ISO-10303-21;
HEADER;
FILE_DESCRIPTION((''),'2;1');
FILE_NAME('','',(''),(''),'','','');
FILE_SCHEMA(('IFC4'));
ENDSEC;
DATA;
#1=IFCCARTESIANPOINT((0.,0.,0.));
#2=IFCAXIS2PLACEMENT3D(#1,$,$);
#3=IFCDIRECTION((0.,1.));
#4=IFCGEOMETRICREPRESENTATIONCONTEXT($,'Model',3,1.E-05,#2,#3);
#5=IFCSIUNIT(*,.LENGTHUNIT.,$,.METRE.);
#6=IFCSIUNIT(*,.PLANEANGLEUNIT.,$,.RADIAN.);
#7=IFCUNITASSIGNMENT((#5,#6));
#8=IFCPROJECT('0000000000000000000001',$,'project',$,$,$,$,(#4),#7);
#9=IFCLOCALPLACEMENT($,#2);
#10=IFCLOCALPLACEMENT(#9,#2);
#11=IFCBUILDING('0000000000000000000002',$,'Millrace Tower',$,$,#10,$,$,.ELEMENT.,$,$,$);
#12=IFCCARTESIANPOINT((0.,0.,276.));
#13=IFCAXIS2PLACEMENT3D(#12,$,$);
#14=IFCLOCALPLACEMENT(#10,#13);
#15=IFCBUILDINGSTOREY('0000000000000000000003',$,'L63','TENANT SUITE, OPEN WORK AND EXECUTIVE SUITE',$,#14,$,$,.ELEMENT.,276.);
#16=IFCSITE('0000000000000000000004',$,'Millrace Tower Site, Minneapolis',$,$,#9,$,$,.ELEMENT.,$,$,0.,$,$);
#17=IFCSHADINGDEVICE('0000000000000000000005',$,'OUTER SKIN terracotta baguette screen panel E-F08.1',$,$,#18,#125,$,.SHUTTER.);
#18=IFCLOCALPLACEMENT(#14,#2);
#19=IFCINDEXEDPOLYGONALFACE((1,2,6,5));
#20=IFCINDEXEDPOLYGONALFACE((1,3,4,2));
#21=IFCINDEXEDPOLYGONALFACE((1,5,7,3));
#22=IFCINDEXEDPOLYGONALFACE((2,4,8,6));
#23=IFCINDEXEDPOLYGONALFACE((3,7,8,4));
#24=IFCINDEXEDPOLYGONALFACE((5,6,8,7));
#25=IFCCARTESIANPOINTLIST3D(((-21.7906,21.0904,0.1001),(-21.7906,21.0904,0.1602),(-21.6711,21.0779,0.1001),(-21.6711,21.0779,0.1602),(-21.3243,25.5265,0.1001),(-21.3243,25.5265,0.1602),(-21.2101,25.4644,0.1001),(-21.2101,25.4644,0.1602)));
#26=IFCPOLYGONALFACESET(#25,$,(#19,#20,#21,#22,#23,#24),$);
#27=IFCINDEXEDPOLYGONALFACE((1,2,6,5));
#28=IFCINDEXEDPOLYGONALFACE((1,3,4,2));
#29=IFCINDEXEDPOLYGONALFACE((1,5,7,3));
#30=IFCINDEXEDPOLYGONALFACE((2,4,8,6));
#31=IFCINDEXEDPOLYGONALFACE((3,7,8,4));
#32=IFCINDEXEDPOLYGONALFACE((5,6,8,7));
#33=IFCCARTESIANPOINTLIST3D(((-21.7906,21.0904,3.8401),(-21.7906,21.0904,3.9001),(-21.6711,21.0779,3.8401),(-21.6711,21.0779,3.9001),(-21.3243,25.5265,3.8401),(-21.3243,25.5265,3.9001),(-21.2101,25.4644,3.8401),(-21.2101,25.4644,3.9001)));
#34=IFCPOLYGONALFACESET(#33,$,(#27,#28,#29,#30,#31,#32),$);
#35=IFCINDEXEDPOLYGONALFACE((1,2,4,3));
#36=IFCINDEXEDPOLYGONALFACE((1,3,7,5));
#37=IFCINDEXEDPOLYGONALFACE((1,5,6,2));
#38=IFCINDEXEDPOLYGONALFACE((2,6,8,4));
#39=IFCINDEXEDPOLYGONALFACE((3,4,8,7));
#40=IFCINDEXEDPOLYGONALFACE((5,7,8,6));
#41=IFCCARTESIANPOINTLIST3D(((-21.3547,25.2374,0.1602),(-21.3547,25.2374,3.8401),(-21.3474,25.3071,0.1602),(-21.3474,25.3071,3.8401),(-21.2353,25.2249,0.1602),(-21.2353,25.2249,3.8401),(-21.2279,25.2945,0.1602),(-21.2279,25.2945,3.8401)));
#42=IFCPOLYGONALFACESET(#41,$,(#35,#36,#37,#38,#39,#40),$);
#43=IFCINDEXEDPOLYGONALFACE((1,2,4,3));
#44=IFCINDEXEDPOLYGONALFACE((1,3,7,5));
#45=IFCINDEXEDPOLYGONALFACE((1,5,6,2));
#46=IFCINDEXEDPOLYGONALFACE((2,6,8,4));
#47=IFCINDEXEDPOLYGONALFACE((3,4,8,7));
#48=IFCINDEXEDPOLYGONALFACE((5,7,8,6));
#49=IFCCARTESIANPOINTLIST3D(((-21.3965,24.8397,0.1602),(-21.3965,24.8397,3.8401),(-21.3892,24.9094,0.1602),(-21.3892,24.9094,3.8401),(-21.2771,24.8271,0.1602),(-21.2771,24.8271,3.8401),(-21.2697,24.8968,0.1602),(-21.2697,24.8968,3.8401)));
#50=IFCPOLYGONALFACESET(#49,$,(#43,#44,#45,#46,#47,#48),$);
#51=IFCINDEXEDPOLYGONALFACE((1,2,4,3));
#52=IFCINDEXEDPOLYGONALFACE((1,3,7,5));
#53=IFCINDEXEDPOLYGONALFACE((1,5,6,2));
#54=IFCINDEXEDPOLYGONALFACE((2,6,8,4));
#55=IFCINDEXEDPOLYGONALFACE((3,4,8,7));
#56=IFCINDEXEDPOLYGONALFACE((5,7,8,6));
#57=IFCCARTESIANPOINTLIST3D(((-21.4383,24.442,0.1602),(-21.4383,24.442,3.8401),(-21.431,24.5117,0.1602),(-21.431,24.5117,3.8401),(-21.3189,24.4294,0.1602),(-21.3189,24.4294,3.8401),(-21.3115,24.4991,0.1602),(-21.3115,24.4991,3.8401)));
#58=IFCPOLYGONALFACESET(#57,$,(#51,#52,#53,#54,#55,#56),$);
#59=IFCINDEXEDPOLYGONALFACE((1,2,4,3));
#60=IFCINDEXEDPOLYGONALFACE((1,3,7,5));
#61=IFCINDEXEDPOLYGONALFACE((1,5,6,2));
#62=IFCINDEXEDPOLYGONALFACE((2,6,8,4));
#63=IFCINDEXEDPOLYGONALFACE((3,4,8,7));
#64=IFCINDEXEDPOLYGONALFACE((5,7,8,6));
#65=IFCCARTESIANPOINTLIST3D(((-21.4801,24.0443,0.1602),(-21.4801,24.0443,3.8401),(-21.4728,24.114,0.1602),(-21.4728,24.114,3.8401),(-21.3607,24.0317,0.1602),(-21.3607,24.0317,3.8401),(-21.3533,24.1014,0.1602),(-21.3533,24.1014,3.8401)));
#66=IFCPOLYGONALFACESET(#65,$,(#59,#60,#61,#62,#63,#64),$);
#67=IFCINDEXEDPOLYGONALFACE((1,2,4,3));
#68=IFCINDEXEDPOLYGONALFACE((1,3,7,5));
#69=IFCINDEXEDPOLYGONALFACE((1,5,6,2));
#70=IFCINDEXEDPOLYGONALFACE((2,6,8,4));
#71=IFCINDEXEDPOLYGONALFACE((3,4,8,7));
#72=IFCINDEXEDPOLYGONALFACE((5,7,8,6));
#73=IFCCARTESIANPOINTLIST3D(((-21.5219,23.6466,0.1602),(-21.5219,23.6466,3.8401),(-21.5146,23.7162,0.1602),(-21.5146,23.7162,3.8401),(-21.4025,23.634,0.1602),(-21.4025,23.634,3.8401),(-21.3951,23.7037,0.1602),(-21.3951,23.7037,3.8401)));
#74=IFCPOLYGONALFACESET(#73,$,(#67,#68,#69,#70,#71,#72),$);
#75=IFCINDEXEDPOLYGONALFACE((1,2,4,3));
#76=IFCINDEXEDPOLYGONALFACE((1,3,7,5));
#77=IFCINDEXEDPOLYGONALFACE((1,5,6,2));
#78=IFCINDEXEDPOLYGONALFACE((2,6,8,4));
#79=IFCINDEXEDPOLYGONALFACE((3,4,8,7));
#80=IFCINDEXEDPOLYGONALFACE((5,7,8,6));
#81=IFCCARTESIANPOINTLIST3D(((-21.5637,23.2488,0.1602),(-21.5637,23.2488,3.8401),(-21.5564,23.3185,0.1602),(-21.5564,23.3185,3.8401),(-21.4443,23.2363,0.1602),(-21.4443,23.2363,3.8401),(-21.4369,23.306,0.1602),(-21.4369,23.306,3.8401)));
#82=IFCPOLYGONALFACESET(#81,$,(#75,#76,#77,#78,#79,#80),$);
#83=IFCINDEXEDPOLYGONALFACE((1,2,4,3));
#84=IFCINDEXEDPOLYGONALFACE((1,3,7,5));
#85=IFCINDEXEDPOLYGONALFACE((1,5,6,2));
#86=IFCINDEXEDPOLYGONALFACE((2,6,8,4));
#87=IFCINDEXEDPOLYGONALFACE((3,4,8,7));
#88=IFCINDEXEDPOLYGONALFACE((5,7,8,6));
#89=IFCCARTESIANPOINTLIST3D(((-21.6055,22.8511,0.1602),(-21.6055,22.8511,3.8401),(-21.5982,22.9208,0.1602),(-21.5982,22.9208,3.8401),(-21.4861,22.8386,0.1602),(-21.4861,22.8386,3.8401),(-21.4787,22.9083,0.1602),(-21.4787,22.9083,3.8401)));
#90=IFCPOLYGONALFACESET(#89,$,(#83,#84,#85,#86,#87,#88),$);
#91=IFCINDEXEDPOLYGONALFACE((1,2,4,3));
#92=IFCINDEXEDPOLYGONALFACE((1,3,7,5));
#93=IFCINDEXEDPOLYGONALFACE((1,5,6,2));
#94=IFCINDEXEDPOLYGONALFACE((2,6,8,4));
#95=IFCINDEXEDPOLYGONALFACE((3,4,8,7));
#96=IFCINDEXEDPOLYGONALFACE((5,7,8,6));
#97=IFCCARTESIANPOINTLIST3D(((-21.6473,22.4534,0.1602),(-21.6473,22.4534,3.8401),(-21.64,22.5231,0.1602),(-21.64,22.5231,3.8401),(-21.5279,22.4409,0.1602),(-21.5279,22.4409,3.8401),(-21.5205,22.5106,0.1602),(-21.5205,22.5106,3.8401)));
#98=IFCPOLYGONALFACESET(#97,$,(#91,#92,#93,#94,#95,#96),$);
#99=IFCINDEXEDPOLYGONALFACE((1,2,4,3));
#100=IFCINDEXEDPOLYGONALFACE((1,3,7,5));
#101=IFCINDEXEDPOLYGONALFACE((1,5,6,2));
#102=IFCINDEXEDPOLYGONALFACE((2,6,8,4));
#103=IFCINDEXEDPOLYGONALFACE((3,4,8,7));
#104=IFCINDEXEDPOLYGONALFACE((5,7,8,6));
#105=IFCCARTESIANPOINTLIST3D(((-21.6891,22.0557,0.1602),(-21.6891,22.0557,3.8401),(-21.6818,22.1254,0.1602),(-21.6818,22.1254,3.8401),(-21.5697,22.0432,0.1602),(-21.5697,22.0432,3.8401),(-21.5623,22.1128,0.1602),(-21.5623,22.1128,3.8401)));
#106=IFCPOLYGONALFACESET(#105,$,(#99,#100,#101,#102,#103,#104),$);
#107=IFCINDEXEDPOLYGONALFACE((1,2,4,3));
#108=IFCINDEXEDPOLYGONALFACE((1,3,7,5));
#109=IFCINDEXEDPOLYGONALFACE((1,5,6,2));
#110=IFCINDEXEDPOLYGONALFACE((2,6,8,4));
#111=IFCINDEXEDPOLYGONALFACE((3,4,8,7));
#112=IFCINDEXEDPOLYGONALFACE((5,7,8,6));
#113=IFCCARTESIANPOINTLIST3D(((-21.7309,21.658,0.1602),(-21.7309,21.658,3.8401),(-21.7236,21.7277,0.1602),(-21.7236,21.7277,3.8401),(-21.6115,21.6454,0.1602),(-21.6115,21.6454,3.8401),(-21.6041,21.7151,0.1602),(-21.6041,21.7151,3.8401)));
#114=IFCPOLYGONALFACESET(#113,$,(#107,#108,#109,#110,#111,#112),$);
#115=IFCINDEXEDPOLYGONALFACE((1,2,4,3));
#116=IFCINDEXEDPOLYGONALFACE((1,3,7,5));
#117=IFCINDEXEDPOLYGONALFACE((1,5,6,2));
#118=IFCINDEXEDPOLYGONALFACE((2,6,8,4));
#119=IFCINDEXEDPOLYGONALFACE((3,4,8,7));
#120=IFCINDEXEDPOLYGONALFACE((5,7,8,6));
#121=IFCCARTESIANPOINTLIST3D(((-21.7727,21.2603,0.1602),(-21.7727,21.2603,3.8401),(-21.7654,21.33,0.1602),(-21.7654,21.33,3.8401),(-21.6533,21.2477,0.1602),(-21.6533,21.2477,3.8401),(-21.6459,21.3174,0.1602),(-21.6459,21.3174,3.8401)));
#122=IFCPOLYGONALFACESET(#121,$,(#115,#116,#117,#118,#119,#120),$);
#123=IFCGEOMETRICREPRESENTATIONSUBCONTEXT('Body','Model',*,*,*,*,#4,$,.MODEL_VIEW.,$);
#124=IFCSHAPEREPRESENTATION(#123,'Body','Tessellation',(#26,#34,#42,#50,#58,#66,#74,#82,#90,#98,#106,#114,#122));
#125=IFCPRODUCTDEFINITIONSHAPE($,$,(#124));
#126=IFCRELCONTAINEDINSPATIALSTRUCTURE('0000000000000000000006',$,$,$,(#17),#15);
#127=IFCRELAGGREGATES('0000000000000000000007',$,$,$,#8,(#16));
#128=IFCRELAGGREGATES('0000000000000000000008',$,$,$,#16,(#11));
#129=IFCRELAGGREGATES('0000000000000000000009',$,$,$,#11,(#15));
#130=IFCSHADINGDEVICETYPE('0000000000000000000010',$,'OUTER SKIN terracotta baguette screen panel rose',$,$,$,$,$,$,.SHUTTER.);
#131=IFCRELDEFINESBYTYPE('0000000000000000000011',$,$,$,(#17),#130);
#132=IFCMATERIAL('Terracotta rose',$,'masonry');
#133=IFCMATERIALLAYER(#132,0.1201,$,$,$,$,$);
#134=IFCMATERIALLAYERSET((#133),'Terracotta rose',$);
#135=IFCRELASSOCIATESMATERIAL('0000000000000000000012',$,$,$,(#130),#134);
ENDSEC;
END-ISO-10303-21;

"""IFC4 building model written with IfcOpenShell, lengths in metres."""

from ifc_helpers import new_model, entity, si_unit, direction, frame, frame_2d, origin, place, context, subcontext, project, spatial, rectangle, extrude, source, transform, mapped, material, layer, layer_set, type_object, element, save


model = new_model("IFC4")

# Units and contexts
model_context = context("Model", 3, precision=1e-05, world=origin(), true_north=direction((0.0, 1.0)))
body_context = subcontext(model_context, "Body", "Model", "MODEL_VIEW")
ifc_project = project(units=[si_unit("LENGTHUNIT", "METRE"), si_unit("PLANEANGLEUNIT", "RADIAN")], contexts=[model_context])

# Site, building, storey
site_placement = place(None, origin())
site = spatial("IfcSite", under=ifc_project, at=site_placement, Name="Millrace Tower Site, Minneapolis", CompositionType="ELEMENT", RefElevation=0.0)
building_placement = place(site_placement, origin())
building = spatial("IfcBuilding", under=site, at=building_placement, Name="Millrace Tower", CompositionType="ELEMENT")
storey_placement = place(building_placement, frame((0.0, 0.0, 276.0)))
storey = spatial("IfcBuildingStorey", under=building, at=storey_placement, Name="L63", Description="TENANT SUITE, OPEN WORK AND EXECUTIVE SUITE", CompositionType="ELEMENT", Elevation=276.0)

# Shading device
ifc_material_1 = material(Name="Terracotta rose", Category="masonry")
ifc_layer_1 = layer(ifc_material_1, 0.1201)
ifc_layer_set_1 = layer_set([ifc_layer_1], Name="Terracotta rose")
shading_device_type = type_object("IfcShadingDeviceType", Name="OUTER SKIN terracotta baguette screen panel rose", PredefinedType="SHUTTER", material=ifc_layer_set_1)
cartesian_point_1 = entity("IfcCartesianPoint", [-2.1929, 0.0601])
shared_polyline_1 = entity("IfcPolyline", [cartesian_point_1, entity("IfcCartesianPoint", [2.2178, 0.0601]), entity("IfcCartesianPoint", [2.2178, -0.0601]), entity("IfcCartesianPoint", [-2.2427, -0.0601]), cartesian_point_1])
shared_shape_1 = source(origin(), body_context, "Body", "SweptSolid", [
    entity("IfcExtrudedAreaSolid", entity("IfcArbitraryClosedProfileDef", "AREA", None, shared_polyline_1), entity("IfcAxis2Placement3D", entity("IfcCartesianPoint", [0.0, 0.0, 0.0])), entity("IfcDirection", [0.0, 0.0, 1.0]), 0.0601),
    entity("IfcExtrudedAreaSolid", entity("IfcArbitraryClosedProfileDef", "AREA", None, shared_polyline_1), entity("IfcAxis2Placement3D", entity("IfcCartesianPoint", [0.0, 0.0, 3.74])), entity("IfcDirection", [0.0, 0.0, 1.0]), 0.0601),
    extrude(rectangle(XDim=0.0701, YDim=0.1201, at=frame_2d((-1.9871, 0.0))), frame((0.0, 0.0, 0.0601)), (0.0, 0.0, 1.0), 3.6799),
    extrude(rectangle(XDim=0.0701, YDim=0.1201, at=frame_2d((-1.5872, 0.0))), frame((0.0, 0.0, 0.0601)), (0.0, 0.0, 1.0), 3.6799),
    extrude(rectangle(XDim=0.0701, YDim=0.1201, at=frame_2d((-1.1873, 0.0))), frame((0.0, 0.0, 0.0601)), (0.0, 0.0, 1.0), 3.6799),
    extrude(rectangle(XDim=0.0701, YDim=0.1201, at=frame_2d((-0.7874, 0.0))), frame((0.0, 0.0, 0.0601)), (0.0, 0.0, 1.0), 3.6799),
    extrude(rectangle(XDim=0.0701, YDim=0.1201, at=frame_2d((-0.3875, 0.0))), frame((0.0, 0.0, 0.0601)), (0.0, 0.0, 1.0), 3.6799),
    extrude(rectangle(XDim=0.0701, YDim=0.1201, at=frame_2d((0.0125, 0.0))), frame((0.0, 0.0, 0.0601)), (0.0, 0.0, 1.0), 3.6799),
    extrude(rectangle(XDim=0.0701, YDim=0.1201, at=frame_2d((0.4124, 0.0))), frame((0.0, 0.0, 0.0601)), (0.0, 0.0, 1.0), 3.6799),
    extrude(rectangle(XDim=0.0701, YDim=0.1201, at=frame_2d((0.8123, 0.0))), frame((0.0, 0.0, 0.0601)), (0.0, 0.0, 1.0), 3.6799),
    extrude(rectangle(XDim=0.0701, YDim=0.1201, at=frame_2d((1.2122, 0.0))), frame((0.0, 0.0, 0.0601)), (0.0, 0.0, 1.0), 3.6799),
    extrude(rectangle(XDim=0.0701, YDim=0.1201, at=frame_2d((1.6121, 0.0))), frame((0.0, 0.0, 0.0601)), (0.0, 0.0, 1.0), 3.6799),
    extrude(rectangle(XDim=0.0701, YDim=0.1201, at=frame_2d((2.012, 0.0))), frame((0.0, 0.0, 0.0601)), (0.0, 0.0, 1.0), 3.6799),
])
shading_device_1_placement = place(storey_placement, frame((-21.499, 23.2898, 0.1001), z_axis=(0.0, 0.0, 1.0), x_axis=(-0.104528, -0.994522, 0.0)))
element("IfcShadingDevice", 1, at=shading_device_1_placement, inside=storey, type_object=shading_device_type, Name="OUTER SKIN terracotta baguette screen panel E-F08.1", PredefinedType="SHUTTER", context=body_context, shape_type="MappedRepresentation", body=[
    mapped(shared_shape_1, transform((0.0, 0.0, 0.0), scale=1.0)),
])

save(model, "model.ifc")
